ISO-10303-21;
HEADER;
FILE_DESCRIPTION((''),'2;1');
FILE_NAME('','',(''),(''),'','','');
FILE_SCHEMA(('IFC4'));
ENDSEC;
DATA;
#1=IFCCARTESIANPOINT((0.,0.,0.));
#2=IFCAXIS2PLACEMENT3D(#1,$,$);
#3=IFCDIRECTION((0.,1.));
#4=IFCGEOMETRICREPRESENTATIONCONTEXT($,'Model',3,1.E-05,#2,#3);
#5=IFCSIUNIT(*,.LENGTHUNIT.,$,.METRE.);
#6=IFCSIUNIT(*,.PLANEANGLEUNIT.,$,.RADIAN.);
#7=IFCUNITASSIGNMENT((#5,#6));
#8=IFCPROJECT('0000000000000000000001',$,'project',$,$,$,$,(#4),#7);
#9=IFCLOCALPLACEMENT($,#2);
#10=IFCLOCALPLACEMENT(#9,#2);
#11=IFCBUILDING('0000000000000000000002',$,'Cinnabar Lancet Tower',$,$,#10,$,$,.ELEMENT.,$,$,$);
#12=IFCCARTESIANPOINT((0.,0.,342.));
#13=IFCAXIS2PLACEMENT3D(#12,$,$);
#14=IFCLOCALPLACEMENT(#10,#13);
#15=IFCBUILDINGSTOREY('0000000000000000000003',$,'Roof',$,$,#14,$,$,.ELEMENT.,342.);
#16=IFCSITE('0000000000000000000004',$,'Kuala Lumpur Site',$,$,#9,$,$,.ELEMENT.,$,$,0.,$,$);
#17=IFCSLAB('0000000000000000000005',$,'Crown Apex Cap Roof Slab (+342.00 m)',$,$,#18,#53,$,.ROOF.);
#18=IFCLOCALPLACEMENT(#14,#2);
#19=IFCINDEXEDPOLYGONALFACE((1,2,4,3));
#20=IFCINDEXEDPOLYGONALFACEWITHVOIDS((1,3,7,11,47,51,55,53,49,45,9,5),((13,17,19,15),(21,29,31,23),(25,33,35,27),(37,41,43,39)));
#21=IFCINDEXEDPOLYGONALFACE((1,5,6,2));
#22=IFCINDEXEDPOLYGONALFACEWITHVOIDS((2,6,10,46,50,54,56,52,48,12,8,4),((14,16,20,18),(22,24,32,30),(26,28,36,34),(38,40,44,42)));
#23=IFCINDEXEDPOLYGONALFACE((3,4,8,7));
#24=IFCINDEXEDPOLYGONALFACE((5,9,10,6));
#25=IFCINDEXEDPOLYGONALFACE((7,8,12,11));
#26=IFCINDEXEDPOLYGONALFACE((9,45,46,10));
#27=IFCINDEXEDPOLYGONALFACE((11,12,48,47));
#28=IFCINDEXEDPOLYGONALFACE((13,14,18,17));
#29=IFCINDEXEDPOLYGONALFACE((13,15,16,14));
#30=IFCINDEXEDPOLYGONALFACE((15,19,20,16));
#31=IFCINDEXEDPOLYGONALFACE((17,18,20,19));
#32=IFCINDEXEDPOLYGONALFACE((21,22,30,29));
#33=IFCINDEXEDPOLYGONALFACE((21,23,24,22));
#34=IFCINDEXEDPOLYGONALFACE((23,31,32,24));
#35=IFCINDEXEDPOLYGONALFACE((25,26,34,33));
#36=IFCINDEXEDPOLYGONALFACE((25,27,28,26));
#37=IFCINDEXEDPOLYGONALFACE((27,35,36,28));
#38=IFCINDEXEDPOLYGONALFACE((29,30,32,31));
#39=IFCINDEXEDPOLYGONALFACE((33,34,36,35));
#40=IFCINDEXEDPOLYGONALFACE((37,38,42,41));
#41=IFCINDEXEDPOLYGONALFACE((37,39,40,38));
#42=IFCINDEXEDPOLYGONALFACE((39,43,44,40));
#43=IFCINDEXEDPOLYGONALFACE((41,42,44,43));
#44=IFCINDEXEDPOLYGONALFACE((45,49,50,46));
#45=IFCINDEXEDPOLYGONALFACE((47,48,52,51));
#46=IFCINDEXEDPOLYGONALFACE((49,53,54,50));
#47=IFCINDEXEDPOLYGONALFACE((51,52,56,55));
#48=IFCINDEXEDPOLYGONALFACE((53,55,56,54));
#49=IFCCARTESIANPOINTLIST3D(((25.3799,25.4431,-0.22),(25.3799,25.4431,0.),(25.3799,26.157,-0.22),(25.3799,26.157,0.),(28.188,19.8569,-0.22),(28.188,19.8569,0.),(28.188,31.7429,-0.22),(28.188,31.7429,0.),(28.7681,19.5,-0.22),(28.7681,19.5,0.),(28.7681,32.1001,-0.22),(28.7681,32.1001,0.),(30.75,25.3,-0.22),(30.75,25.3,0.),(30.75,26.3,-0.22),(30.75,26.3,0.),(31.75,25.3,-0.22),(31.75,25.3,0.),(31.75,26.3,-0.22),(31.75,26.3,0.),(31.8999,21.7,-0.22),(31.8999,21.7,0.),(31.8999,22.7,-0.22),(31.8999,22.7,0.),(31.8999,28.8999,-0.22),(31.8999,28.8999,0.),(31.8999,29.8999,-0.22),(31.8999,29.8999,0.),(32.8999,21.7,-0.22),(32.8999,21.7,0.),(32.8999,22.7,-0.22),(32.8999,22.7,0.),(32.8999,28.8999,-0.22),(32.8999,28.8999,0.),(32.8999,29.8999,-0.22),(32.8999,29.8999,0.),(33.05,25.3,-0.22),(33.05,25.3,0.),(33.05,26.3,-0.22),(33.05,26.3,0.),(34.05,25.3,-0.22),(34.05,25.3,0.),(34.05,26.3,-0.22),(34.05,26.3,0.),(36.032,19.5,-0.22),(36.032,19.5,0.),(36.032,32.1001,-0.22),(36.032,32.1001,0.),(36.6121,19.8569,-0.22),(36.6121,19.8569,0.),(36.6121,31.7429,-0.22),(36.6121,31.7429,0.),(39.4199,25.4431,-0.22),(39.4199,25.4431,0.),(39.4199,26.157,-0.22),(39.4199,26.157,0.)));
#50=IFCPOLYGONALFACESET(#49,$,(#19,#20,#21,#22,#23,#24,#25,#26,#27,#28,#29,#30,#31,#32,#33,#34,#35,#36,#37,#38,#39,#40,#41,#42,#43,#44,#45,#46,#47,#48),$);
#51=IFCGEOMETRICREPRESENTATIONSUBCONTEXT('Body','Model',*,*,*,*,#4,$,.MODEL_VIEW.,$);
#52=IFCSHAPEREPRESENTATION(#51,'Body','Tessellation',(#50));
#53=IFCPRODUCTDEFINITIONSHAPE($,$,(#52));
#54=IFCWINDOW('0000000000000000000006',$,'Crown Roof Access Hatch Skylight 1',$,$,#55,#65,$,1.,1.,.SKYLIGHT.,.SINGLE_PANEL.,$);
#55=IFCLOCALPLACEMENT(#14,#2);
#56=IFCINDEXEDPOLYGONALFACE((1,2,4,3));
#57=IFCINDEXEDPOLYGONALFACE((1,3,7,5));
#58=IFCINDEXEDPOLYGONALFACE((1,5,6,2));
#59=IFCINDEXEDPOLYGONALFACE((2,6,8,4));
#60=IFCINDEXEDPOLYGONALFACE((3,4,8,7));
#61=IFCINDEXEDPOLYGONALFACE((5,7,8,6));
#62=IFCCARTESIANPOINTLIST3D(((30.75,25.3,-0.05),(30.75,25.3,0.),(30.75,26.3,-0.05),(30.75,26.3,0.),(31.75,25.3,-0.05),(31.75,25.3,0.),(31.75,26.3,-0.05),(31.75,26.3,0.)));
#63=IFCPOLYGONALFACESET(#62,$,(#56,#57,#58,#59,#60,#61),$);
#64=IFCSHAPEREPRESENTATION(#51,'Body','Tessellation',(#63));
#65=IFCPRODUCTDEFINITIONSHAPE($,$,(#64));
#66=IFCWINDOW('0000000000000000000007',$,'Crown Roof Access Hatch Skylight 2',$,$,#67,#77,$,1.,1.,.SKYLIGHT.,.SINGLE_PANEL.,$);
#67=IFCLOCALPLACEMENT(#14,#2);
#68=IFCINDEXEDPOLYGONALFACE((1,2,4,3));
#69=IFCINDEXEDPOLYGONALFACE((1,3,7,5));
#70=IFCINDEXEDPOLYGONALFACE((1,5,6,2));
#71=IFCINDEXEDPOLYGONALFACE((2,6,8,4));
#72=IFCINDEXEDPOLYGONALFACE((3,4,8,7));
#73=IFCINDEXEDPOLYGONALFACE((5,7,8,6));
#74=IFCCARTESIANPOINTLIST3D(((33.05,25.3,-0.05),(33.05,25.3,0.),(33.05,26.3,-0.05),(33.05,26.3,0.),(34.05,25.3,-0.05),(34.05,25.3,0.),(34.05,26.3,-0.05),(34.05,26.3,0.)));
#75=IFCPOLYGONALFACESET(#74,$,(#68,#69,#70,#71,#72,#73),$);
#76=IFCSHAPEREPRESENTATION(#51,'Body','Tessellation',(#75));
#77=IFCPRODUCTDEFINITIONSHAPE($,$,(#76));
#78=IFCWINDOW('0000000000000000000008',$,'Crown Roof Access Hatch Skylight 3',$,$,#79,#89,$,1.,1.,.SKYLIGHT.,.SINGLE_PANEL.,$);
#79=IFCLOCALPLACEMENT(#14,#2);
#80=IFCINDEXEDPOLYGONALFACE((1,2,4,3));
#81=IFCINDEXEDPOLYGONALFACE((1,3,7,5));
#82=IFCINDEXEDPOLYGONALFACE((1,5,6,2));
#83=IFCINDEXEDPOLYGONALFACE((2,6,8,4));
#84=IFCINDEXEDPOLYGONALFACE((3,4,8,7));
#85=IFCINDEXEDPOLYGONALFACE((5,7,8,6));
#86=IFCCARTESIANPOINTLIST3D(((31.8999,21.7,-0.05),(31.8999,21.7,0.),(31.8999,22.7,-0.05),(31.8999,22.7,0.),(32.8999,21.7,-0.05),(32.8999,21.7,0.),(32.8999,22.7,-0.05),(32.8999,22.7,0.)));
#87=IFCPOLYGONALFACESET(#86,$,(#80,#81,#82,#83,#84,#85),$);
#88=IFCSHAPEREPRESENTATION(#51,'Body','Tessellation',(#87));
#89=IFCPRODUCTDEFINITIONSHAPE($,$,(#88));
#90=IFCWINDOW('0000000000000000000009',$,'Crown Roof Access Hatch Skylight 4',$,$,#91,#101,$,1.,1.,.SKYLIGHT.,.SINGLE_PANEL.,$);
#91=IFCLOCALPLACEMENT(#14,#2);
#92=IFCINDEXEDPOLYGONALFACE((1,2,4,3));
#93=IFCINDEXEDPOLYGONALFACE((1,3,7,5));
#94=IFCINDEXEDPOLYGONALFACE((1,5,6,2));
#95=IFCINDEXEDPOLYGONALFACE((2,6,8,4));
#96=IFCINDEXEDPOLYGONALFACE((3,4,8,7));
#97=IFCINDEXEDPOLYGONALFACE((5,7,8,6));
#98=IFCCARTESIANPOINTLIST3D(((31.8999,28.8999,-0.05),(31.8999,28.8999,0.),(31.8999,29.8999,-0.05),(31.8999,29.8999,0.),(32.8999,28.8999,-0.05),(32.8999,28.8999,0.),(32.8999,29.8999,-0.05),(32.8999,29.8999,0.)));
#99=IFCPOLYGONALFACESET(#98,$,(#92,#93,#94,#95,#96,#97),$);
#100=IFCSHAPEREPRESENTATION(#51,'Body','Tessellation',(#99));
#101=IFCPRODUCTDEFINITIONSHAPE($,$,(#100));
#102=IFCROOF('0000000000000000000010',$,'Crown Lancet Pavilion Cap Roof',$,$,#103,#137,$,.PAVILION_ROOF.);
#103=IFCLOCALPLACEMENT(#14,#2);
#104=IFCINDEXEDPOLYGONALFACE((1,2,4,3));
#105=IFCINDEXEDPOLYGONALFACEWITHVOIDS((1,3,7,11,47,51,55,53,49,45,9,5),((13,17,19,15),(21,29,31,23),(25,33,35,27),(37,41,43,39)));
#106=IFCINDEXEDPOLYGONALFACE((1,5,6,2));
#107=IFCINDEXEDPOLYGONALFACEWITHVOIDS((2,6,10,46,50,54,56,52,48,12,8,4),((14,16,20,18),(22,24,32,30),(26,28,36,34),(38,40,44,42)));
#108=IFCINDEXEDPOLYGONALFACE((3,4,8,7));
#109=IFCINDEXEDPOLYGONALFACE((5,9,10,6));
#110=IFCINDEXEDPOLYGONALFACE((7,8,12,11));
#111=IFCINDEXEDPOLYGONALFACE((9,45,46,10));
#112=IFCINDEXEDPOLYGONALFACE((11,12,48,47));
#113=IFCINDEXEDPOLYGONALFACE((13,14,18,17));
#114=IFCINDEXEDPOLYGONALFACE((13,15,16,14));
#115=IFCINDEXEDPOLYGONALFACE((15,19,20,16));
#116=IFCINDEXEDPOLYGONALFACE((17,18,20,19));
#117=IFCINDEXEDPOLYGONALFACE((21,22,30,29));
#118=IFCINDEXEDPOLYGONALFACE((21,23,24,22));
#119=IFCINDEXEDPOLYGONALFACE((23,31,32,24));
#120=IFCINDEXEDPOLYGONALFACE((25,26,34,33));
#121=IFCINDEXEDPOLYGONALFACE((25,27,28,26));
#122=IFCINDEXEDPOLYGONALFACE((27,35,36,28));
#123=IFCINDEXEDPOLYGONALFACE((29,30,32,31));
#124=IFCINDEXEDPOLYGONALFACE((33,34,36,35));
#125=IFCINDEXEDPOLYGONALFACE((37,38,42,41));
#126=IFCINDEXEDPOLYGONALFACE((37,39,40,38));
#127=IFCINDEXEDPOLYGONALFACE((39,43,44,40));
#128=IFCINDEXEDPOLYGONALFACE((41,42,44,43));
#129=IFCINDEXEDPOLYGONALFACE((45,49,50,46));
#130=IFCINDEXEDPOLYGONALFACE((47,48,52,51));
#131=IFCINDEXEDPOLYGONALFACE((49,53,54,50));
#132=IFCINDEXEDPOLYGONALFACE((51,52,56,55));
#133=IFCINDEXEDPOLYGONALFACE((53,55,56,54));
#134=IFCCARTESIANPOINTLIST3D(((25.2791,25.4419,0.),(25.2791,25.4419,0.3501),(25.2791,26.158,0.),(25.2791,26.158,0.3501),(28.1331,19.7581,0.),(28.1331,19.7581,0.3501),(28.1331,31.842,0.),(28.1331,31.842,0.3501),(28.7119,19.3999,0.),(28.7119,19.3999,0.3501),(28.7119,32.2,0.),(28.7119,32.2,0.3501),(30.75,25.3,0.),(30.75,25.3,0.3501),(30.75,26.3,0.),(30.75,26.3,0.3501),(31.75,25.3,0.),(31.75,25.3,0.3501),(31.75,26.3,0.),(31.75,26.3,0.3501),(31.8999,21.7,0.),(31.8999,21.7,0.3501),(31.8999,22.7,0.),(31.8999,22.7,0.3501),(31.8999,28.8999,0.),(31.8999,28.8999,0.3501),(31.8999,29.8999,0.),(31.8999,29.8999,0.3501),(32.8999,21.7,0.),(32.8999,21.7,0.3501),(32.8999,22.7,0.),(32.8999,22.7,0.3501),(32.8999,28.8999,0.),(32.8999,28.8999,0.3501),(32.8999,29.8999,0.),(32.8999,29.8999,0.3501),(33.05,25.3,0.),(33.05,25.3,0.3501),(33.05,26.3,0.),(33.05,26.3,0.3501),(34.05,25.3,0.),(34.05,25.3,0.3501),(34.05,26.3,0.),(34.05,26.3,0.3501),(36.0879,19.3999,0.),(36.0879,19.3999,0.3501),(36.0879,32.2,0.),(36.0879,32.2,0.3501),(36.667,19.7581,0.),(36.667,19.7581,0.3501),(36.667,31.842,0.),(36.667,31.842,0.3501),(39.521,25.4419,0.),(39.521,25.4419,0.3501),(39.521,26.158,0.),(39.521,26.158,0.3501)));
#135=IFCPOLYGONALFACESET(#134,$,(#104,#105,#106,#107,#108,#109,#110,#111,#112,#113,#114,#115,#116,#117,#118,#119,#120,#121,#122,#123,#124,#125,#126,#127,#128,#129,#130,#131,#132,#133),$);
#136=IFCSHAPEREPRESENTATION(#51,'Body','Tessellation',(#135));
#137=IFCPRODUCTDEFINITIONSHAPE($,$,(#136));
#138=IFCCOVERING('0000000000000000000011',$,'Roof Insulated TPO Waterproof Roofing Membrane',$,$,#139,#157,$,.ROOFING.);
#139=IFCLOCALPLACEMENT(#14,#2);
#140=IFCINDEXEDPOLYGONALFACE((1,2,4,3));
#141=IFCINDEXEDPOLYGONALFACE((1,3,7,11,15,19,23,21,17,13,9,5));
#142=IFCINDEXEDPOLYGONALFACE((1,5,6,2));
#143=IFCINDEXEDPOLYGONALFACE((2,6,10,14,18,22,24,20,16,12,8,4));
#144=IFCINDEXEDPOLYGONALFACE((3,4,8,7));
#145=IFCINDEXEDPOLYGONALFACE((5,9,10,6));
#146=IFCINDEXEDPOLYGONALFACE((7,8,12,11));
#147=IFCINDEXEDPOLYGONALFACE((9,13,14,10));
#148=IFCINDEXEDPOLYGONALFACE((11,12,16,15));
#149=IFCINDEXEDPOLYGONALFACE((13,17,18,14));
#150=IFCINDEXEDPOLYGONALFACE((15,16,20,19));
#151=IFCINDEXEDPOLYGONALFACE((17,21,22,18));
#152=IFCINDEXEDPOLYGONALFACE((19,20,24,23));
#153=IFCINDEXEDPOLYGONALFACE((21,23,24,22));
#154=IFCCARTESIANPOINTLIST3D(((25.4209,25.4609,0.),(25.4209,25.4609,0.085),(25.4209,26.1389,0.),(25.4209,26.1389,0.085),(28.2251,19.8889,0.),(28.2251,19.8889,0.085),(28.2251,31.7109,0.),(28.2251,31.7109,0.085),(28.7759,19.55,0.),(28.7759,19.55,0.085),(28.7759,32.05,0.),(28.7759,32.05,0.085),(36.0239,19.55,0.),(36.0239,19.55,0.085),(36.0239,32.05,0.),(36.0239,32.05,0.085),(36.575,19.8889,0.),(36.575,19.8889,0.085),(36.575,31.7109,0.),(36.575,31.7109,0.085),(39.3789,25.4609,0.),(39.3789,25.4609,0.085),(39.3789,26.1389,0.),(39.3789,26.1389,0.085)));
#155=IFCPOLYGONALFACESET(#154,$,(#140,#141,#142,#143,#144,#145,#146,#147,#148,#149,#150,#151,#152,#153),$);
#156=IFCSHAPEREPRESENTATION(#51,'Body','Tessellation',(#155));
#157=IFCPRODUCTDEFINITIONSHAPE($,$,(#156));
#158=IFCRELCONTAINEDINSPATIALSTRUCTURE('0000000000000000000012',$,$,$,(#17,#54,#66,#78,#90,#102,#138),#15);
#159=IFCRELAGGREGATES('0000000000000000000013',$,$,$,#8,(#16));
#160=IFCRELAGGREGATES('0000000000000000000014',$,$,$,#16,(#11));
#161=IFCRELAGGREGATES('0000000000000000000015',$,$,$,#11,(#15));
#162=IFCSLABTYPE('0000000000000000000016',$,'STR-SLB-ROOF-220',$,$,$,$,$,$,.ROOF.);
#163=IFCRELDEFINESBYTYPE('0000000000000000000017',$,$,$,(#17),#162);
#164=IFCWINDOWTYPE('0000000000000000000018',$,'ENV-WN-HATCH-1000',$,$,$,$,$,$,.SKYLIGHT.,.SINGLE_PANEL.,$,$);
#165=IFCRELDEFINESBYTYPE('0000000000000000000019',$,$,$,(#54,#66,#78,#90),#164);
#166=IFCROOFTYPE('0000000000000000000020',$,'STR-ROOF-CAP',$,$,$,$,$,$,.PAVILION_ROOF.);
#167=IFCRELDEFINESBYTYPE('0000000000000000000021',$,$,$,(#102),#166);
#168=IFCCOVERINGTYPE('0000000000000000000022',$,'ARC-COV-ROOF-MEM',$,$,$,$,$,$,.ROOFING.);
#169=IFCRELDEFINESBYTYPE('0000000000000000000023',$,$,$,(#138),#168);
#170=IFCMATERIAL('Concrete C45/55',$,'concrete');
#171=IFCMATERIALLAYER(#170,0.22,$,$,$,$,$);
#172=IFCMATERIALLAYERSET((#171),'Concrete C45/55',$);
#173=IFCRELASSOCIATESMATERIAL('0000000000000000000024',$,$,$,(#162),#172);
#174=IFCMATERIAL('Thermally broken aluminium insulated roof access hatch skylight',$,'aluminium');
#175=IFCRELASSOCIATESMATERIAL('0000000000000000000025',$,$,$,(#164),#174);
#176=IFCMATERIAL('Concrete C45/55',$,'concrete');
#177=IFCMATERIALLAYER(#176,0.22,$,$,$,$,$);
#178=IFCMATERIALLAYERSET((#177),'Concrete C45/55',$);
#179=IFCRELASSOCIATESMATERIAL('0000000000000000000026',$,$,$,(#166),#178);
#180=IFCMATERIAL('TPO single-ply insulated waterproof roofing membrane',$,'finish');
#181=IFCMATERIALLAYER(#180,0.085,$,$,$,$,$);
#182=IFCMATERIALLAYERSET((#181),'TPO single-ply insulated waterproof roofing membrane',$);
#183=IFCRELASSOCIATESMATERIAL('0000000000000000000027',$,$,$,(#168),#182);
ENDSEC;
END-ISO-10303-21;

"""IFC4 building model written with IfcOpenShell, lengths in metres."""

from ifc_helpers import new_model, si_unit, direction, frame, origin, origin_2d, place, context, subcontext, project, spatial, polyline, rectangle, outline, extrude, material, layer, layer_set, type_object, element, fill, save


model = new_model("IFC4")

# Units and contexts
model_context = context("Model", 3, precision=1e-05, world=origin(), true_north=direction((0.0, 1.0)))
body_context = subcontext(model_context, "Body", "Model", "MODEL_VIEW")
ifc_project = project(units=[si_unit("LENGTHUNIT", "METRE"), si_unit("PLANEANGLEUNIT", "RADIAN")], contexts=[model_context])

# Site, building, storey
site_placement = place(None, origin())
site = spatial("IfcSite", under=ifc_project, at=site_placement, Name="Kuala Lumpur Site", CompositionType="ELEMENT", RefElevation=0.0)
building_placement = place(site_placement, origin())
building = spatial("IfcBuilding", under=site, at=building_placement, Name="Cinnabar Lancet Tower", CompositionType="ELEMENT")
storey_placement = place(building_placement, frame((0.0, 0.0, 342.0)))
storey = spatial("IfcBuildingStorey", under=building, at=storey_placement, Name="Roof", CompositionType="ELEMENT", Elevation=342.0)

# Slab, openings, windows
ifc_material_1 = material(Name="Concrete C45/55", Category="concrete")
ifc_layer_1 = layer(ifc_material_1, 0.22)
ifc_layer_set_1 = layer_set([ifc_layer_1], Name="Concrete C45/55")
slab_type = type_object("IfcSlabType", Name="STR-SLB-ROOF-220", PredefinedType="ROOF", material=ifc_layer_set_1)
slab_placement = place(storey_placement, frame((0.0, 0.0, -0.22)))
slab = element("IfcSlab", 1, at=slab_placement, inside=storey, type_object=slab_type, Name="Crown Apex Cap Roof Slab (+342.00 m)", PredefinedType="ROOF", context=body_context, shape_type="SweptSolid", body=[
    extrude(outline(polyline([(28.188, 19.8569), (28.7681, 19.5), (36.032, 19.5), (36.6121, 19.8569), (39.4199, 25.4431), (39.4199, 26.157), (36.6121, 31.7429), (36.032, 32.1001), (28.7681, 32.1001), (28.188, 31.7429), (25.3799, 26.157), (25.3799, 25.4431), (28.188, 19.8569)])), origin(), (0.0, 0.0, 1.0), 0.22),
])
opening_1_placement = place(slab_placement, frame((31.25, 25.8, 0.0)))
opening_1 = element("IfcOpeningElement", 2, at=opening_1_placement, cuts=slab, PredefinedType="OPENING", context=body_context, shape_type="SweptSolid", body=[
    extrude(rectangle(XDim=1.0, YDim=1.0, at=origin_2d()), origin(), (0.0, 0.0, 1.0), 0.22),
])
opening_2_placement = place(slab_placement, frame((33.55, 25.8, 0.0)))
opening_2 = element("IfcOpeningElement", 3, at=opening_2_placement, cuts=slab, PredefinedType="OPENING", context=body_context, shape_type="SweptSolid", body=[
    extrude(rectangle(XDim=1.0, YDim=1.0, at=origin_2d()), origin(), (0.0, 0.0, 1.0), 0.22),
])
opening_3_placement = place(slab_placement, frame((32.3999, 22.2, 0.0)))
opening_3 = element("IfcOpeningElement", 4, at=opening_3_placement, cuts=slab, PredefinedType="OPENING", context=body_context, shape_type="SweptSolid", body=[
    extrude(rectangle(XDim=1.0, YDim=1.0, at=origin_2d()), origin(), (0.0, 0.0, 1.0), 0.22),
])
opening_4_placement = place(slab_placement, frame((32.3999, 29.3999, 0.0)))
opening_4 = element("IfcOpeningElement", 5, at=opening_4_placement, cuts=slab, PredefinedType="OPENING", context=body_context, shape_type="SweptSolid", body=[
    extrude(rectangle(XDim=1.0, YDim=1.0, at=origin_2d()), origin(), (0.0, 0.0, 1.0), 0.22),
])
ifc_material_2 = material(Name="Thermally broken aluminium insulated roof access hatch skylight", Category="aluminium")
window_type = type_object("IfcWindowType", Name="ENV-WN-HATCH-1000", PartitioningType="SINGLE_PANEL", PredefinedType="SKYLIGHT", material=ifc_material_2)
window_1_placement = place(opening_1_placement, frame((0.0, 0.0, 0.1699)))
window_1 = element("IfcWindow", 6, at=window_1_placement, inside=storey, type_object=window_type, Name="Crown Roof Access Hatch Skylight 1", OverallHeight=1.0, OverallWidth=1.0, PartitioningType="SINGLE_PANEL", PredefinedType="SKYLIGHT", context=body_context, shape_type="SweptSolid", body=[
    extrude(rectangle(XDim=1.0, YDim=1.0, at=origin_2d()), origin(), (0.0, 0.0, 1.0), 0.05),
])
fill(opening_1, window_1)
window_2_placement = place(opening_2_placement, frame((0.0, 0.0, 0.1699)))
window_2 = element("IfcWindow", 7, at=window_2_placement, inside=storey, type_object=window_type, Name="Crown Roof Access Hatch Skylight 2", OverallHeight=1.0, OverallWidth=1.0, PartitioningType="SINGLE_PANEL", PredefinedType="SKYLIGHT", context=body_context, shape_type="SweptSolid", body=[
    extrude(rectangle(XDim=1.0, YDim=1.0, at=origin_2d()), origin(), (0.0, 0.0, 1.0), 0.05),
])
fill(opening_2, window_2)
window_3_placement = place(opening_3_placement, frame((0.0, 0.0, 0.1699)))
window_3 = element("IfcWindow", 8, at=window_3_placement, inside=storey, type_object=window_type, Name="Crown Roof Access Hatch Skylight 3", OverallHeight=1.0, OverallWidth=1.0, PartitioningType="SINGLE_PANEL", PredefinedType="SKYLIGHT", context=body_context, shape_type="SweptSolid", body=[
    extrude(rectangle(XDim=1.0, YDim=1.0, at=origin_2d()), origin(), (0.0, 0.0, 1.0), 0.05),
])
fill(opening_3, window_3)
window_4_placement = place(opening_4_placement, frame((0.0, 0.0, 0.1699)))
window_4 = element("IfcWindow", 9, at=window_4_placement, inside=storey, type_object=window_type, Name="Crown Roof Access Hatch Skylight 4", OverallHeight=1.0, OverallWidth=1.0, PartitioningType="SINGLE_PANEL", PredefinedType="SKYLIGHT", context=body_context, shape_type="SweptSolid", body=[
    extrude(rectangle(XDim=1.0, YDim=1.0, at=origin_2d()), origin(), (0.0, 0.0, 1.0), 0.05),
])
fill(opening_4, window_4)

# Roof
ifc_material_3 = material(Name="Concrete C45/55", Category="concrete")
ifc_layer_2 = layer(ifc_material_3, 0.22)
ifc_layer_set_2 = layer_set([ifc_layer_2], Name="Concrete C45/55")
roof_type = type_object("IfcRoofType", Name="STR-ROOF-CAP", PredefinedType="PAVILION_ROOF", material=ifc_layer_set_2)
roof_placement = place(storey_placement, origin())
element("IfcRoof", 10, at=roof_placement, inside=storey, type_object=roof_type, Name="Crown Lancet Pavilion Cap Roof", PredefinedType="PAVILION_ROOF", context=body_context, shape_type="SweptSolid", body=[
    extrude(outline(polyline([(28.1331, 19.7581), (28.7119, 19.3999), (36.0879, 19.3999), (36.667, 19.7581), (39.521, 25.4419), (39.521, 26.158), (36.667, 31.842), (36.0879, 32.2), (28.7119, 32.2), (28.1331, 31.842), (25.2791, 26.158), (25.2791, 25.4419), (28.1331, 19.7581)]), holes=[polyline([(30.75, 25.3), (31.75, 25.3), (31.75, 26.3), (30.75, 26.3), (30.75, 25.3)]), polyline([(33.05, 25.3), (34.05, 25.3), (34.05, 26.3), (33.05, 26.3), (33.05, 25.3)]), polyline([(31.8999, 21.7), (32.8999, 21.7), (32.8999, 22.7), (31.8999, 22.7), (31.8999, 21.7)]), polyline([(31.8999, 28.8999), (32.8999, 28.8999), (32.8999, 29.8999), (31.8999, 29.8999), (31.8999, 28.8999)])]), origin(), (0.0, 0.0, 1.0), 0.3501),
])

# Covering
ifc_material_4 = material(Name="TPO single-ply insulated waterproof roofing membrane", Category="finish")
ifc_layer_3 = layer(ifc_material_4, 0.085)
ifc_layer_set_3 = layer_set([ifc_layer_3], Name="TPO single-ply insulated waterproof roofing membrane")
covering_type = type_object("IfcCoveringType", Name="ARC-COV-ROOF-MEM", PredefinedType="ROOFING", material=ifc_layer_set_3)
covering_placement = place(storey_placement, origin())
element("IfcCovering", 11, at=covering_placement, inside=storey, type_object=covering_type, Name="Roof Insulated TPO Waterproof Roofing Membrane", PredefinedType="ROOFING", context=body_context, shape_type="SweptSolid", body=[
    extrude(outline(polyline([(28.2251, 19.8889), (28.7759, 19.55), (36.0239, 19.55), (36.575, 19.8889), (39.3789, 25.4609), (39.3789, 26.1389), (36.575, 31.7109), (36.0239, 32.05), (28.7759, 32.05), (28.2251, 31.7109), (25.4209, 26.1389), (25.4209, 25.4609), (28.2251, 19.8889)])), origin(), (0.0, 0.0, 1.0), 0.085),
])

save(model, "model.ifc")
